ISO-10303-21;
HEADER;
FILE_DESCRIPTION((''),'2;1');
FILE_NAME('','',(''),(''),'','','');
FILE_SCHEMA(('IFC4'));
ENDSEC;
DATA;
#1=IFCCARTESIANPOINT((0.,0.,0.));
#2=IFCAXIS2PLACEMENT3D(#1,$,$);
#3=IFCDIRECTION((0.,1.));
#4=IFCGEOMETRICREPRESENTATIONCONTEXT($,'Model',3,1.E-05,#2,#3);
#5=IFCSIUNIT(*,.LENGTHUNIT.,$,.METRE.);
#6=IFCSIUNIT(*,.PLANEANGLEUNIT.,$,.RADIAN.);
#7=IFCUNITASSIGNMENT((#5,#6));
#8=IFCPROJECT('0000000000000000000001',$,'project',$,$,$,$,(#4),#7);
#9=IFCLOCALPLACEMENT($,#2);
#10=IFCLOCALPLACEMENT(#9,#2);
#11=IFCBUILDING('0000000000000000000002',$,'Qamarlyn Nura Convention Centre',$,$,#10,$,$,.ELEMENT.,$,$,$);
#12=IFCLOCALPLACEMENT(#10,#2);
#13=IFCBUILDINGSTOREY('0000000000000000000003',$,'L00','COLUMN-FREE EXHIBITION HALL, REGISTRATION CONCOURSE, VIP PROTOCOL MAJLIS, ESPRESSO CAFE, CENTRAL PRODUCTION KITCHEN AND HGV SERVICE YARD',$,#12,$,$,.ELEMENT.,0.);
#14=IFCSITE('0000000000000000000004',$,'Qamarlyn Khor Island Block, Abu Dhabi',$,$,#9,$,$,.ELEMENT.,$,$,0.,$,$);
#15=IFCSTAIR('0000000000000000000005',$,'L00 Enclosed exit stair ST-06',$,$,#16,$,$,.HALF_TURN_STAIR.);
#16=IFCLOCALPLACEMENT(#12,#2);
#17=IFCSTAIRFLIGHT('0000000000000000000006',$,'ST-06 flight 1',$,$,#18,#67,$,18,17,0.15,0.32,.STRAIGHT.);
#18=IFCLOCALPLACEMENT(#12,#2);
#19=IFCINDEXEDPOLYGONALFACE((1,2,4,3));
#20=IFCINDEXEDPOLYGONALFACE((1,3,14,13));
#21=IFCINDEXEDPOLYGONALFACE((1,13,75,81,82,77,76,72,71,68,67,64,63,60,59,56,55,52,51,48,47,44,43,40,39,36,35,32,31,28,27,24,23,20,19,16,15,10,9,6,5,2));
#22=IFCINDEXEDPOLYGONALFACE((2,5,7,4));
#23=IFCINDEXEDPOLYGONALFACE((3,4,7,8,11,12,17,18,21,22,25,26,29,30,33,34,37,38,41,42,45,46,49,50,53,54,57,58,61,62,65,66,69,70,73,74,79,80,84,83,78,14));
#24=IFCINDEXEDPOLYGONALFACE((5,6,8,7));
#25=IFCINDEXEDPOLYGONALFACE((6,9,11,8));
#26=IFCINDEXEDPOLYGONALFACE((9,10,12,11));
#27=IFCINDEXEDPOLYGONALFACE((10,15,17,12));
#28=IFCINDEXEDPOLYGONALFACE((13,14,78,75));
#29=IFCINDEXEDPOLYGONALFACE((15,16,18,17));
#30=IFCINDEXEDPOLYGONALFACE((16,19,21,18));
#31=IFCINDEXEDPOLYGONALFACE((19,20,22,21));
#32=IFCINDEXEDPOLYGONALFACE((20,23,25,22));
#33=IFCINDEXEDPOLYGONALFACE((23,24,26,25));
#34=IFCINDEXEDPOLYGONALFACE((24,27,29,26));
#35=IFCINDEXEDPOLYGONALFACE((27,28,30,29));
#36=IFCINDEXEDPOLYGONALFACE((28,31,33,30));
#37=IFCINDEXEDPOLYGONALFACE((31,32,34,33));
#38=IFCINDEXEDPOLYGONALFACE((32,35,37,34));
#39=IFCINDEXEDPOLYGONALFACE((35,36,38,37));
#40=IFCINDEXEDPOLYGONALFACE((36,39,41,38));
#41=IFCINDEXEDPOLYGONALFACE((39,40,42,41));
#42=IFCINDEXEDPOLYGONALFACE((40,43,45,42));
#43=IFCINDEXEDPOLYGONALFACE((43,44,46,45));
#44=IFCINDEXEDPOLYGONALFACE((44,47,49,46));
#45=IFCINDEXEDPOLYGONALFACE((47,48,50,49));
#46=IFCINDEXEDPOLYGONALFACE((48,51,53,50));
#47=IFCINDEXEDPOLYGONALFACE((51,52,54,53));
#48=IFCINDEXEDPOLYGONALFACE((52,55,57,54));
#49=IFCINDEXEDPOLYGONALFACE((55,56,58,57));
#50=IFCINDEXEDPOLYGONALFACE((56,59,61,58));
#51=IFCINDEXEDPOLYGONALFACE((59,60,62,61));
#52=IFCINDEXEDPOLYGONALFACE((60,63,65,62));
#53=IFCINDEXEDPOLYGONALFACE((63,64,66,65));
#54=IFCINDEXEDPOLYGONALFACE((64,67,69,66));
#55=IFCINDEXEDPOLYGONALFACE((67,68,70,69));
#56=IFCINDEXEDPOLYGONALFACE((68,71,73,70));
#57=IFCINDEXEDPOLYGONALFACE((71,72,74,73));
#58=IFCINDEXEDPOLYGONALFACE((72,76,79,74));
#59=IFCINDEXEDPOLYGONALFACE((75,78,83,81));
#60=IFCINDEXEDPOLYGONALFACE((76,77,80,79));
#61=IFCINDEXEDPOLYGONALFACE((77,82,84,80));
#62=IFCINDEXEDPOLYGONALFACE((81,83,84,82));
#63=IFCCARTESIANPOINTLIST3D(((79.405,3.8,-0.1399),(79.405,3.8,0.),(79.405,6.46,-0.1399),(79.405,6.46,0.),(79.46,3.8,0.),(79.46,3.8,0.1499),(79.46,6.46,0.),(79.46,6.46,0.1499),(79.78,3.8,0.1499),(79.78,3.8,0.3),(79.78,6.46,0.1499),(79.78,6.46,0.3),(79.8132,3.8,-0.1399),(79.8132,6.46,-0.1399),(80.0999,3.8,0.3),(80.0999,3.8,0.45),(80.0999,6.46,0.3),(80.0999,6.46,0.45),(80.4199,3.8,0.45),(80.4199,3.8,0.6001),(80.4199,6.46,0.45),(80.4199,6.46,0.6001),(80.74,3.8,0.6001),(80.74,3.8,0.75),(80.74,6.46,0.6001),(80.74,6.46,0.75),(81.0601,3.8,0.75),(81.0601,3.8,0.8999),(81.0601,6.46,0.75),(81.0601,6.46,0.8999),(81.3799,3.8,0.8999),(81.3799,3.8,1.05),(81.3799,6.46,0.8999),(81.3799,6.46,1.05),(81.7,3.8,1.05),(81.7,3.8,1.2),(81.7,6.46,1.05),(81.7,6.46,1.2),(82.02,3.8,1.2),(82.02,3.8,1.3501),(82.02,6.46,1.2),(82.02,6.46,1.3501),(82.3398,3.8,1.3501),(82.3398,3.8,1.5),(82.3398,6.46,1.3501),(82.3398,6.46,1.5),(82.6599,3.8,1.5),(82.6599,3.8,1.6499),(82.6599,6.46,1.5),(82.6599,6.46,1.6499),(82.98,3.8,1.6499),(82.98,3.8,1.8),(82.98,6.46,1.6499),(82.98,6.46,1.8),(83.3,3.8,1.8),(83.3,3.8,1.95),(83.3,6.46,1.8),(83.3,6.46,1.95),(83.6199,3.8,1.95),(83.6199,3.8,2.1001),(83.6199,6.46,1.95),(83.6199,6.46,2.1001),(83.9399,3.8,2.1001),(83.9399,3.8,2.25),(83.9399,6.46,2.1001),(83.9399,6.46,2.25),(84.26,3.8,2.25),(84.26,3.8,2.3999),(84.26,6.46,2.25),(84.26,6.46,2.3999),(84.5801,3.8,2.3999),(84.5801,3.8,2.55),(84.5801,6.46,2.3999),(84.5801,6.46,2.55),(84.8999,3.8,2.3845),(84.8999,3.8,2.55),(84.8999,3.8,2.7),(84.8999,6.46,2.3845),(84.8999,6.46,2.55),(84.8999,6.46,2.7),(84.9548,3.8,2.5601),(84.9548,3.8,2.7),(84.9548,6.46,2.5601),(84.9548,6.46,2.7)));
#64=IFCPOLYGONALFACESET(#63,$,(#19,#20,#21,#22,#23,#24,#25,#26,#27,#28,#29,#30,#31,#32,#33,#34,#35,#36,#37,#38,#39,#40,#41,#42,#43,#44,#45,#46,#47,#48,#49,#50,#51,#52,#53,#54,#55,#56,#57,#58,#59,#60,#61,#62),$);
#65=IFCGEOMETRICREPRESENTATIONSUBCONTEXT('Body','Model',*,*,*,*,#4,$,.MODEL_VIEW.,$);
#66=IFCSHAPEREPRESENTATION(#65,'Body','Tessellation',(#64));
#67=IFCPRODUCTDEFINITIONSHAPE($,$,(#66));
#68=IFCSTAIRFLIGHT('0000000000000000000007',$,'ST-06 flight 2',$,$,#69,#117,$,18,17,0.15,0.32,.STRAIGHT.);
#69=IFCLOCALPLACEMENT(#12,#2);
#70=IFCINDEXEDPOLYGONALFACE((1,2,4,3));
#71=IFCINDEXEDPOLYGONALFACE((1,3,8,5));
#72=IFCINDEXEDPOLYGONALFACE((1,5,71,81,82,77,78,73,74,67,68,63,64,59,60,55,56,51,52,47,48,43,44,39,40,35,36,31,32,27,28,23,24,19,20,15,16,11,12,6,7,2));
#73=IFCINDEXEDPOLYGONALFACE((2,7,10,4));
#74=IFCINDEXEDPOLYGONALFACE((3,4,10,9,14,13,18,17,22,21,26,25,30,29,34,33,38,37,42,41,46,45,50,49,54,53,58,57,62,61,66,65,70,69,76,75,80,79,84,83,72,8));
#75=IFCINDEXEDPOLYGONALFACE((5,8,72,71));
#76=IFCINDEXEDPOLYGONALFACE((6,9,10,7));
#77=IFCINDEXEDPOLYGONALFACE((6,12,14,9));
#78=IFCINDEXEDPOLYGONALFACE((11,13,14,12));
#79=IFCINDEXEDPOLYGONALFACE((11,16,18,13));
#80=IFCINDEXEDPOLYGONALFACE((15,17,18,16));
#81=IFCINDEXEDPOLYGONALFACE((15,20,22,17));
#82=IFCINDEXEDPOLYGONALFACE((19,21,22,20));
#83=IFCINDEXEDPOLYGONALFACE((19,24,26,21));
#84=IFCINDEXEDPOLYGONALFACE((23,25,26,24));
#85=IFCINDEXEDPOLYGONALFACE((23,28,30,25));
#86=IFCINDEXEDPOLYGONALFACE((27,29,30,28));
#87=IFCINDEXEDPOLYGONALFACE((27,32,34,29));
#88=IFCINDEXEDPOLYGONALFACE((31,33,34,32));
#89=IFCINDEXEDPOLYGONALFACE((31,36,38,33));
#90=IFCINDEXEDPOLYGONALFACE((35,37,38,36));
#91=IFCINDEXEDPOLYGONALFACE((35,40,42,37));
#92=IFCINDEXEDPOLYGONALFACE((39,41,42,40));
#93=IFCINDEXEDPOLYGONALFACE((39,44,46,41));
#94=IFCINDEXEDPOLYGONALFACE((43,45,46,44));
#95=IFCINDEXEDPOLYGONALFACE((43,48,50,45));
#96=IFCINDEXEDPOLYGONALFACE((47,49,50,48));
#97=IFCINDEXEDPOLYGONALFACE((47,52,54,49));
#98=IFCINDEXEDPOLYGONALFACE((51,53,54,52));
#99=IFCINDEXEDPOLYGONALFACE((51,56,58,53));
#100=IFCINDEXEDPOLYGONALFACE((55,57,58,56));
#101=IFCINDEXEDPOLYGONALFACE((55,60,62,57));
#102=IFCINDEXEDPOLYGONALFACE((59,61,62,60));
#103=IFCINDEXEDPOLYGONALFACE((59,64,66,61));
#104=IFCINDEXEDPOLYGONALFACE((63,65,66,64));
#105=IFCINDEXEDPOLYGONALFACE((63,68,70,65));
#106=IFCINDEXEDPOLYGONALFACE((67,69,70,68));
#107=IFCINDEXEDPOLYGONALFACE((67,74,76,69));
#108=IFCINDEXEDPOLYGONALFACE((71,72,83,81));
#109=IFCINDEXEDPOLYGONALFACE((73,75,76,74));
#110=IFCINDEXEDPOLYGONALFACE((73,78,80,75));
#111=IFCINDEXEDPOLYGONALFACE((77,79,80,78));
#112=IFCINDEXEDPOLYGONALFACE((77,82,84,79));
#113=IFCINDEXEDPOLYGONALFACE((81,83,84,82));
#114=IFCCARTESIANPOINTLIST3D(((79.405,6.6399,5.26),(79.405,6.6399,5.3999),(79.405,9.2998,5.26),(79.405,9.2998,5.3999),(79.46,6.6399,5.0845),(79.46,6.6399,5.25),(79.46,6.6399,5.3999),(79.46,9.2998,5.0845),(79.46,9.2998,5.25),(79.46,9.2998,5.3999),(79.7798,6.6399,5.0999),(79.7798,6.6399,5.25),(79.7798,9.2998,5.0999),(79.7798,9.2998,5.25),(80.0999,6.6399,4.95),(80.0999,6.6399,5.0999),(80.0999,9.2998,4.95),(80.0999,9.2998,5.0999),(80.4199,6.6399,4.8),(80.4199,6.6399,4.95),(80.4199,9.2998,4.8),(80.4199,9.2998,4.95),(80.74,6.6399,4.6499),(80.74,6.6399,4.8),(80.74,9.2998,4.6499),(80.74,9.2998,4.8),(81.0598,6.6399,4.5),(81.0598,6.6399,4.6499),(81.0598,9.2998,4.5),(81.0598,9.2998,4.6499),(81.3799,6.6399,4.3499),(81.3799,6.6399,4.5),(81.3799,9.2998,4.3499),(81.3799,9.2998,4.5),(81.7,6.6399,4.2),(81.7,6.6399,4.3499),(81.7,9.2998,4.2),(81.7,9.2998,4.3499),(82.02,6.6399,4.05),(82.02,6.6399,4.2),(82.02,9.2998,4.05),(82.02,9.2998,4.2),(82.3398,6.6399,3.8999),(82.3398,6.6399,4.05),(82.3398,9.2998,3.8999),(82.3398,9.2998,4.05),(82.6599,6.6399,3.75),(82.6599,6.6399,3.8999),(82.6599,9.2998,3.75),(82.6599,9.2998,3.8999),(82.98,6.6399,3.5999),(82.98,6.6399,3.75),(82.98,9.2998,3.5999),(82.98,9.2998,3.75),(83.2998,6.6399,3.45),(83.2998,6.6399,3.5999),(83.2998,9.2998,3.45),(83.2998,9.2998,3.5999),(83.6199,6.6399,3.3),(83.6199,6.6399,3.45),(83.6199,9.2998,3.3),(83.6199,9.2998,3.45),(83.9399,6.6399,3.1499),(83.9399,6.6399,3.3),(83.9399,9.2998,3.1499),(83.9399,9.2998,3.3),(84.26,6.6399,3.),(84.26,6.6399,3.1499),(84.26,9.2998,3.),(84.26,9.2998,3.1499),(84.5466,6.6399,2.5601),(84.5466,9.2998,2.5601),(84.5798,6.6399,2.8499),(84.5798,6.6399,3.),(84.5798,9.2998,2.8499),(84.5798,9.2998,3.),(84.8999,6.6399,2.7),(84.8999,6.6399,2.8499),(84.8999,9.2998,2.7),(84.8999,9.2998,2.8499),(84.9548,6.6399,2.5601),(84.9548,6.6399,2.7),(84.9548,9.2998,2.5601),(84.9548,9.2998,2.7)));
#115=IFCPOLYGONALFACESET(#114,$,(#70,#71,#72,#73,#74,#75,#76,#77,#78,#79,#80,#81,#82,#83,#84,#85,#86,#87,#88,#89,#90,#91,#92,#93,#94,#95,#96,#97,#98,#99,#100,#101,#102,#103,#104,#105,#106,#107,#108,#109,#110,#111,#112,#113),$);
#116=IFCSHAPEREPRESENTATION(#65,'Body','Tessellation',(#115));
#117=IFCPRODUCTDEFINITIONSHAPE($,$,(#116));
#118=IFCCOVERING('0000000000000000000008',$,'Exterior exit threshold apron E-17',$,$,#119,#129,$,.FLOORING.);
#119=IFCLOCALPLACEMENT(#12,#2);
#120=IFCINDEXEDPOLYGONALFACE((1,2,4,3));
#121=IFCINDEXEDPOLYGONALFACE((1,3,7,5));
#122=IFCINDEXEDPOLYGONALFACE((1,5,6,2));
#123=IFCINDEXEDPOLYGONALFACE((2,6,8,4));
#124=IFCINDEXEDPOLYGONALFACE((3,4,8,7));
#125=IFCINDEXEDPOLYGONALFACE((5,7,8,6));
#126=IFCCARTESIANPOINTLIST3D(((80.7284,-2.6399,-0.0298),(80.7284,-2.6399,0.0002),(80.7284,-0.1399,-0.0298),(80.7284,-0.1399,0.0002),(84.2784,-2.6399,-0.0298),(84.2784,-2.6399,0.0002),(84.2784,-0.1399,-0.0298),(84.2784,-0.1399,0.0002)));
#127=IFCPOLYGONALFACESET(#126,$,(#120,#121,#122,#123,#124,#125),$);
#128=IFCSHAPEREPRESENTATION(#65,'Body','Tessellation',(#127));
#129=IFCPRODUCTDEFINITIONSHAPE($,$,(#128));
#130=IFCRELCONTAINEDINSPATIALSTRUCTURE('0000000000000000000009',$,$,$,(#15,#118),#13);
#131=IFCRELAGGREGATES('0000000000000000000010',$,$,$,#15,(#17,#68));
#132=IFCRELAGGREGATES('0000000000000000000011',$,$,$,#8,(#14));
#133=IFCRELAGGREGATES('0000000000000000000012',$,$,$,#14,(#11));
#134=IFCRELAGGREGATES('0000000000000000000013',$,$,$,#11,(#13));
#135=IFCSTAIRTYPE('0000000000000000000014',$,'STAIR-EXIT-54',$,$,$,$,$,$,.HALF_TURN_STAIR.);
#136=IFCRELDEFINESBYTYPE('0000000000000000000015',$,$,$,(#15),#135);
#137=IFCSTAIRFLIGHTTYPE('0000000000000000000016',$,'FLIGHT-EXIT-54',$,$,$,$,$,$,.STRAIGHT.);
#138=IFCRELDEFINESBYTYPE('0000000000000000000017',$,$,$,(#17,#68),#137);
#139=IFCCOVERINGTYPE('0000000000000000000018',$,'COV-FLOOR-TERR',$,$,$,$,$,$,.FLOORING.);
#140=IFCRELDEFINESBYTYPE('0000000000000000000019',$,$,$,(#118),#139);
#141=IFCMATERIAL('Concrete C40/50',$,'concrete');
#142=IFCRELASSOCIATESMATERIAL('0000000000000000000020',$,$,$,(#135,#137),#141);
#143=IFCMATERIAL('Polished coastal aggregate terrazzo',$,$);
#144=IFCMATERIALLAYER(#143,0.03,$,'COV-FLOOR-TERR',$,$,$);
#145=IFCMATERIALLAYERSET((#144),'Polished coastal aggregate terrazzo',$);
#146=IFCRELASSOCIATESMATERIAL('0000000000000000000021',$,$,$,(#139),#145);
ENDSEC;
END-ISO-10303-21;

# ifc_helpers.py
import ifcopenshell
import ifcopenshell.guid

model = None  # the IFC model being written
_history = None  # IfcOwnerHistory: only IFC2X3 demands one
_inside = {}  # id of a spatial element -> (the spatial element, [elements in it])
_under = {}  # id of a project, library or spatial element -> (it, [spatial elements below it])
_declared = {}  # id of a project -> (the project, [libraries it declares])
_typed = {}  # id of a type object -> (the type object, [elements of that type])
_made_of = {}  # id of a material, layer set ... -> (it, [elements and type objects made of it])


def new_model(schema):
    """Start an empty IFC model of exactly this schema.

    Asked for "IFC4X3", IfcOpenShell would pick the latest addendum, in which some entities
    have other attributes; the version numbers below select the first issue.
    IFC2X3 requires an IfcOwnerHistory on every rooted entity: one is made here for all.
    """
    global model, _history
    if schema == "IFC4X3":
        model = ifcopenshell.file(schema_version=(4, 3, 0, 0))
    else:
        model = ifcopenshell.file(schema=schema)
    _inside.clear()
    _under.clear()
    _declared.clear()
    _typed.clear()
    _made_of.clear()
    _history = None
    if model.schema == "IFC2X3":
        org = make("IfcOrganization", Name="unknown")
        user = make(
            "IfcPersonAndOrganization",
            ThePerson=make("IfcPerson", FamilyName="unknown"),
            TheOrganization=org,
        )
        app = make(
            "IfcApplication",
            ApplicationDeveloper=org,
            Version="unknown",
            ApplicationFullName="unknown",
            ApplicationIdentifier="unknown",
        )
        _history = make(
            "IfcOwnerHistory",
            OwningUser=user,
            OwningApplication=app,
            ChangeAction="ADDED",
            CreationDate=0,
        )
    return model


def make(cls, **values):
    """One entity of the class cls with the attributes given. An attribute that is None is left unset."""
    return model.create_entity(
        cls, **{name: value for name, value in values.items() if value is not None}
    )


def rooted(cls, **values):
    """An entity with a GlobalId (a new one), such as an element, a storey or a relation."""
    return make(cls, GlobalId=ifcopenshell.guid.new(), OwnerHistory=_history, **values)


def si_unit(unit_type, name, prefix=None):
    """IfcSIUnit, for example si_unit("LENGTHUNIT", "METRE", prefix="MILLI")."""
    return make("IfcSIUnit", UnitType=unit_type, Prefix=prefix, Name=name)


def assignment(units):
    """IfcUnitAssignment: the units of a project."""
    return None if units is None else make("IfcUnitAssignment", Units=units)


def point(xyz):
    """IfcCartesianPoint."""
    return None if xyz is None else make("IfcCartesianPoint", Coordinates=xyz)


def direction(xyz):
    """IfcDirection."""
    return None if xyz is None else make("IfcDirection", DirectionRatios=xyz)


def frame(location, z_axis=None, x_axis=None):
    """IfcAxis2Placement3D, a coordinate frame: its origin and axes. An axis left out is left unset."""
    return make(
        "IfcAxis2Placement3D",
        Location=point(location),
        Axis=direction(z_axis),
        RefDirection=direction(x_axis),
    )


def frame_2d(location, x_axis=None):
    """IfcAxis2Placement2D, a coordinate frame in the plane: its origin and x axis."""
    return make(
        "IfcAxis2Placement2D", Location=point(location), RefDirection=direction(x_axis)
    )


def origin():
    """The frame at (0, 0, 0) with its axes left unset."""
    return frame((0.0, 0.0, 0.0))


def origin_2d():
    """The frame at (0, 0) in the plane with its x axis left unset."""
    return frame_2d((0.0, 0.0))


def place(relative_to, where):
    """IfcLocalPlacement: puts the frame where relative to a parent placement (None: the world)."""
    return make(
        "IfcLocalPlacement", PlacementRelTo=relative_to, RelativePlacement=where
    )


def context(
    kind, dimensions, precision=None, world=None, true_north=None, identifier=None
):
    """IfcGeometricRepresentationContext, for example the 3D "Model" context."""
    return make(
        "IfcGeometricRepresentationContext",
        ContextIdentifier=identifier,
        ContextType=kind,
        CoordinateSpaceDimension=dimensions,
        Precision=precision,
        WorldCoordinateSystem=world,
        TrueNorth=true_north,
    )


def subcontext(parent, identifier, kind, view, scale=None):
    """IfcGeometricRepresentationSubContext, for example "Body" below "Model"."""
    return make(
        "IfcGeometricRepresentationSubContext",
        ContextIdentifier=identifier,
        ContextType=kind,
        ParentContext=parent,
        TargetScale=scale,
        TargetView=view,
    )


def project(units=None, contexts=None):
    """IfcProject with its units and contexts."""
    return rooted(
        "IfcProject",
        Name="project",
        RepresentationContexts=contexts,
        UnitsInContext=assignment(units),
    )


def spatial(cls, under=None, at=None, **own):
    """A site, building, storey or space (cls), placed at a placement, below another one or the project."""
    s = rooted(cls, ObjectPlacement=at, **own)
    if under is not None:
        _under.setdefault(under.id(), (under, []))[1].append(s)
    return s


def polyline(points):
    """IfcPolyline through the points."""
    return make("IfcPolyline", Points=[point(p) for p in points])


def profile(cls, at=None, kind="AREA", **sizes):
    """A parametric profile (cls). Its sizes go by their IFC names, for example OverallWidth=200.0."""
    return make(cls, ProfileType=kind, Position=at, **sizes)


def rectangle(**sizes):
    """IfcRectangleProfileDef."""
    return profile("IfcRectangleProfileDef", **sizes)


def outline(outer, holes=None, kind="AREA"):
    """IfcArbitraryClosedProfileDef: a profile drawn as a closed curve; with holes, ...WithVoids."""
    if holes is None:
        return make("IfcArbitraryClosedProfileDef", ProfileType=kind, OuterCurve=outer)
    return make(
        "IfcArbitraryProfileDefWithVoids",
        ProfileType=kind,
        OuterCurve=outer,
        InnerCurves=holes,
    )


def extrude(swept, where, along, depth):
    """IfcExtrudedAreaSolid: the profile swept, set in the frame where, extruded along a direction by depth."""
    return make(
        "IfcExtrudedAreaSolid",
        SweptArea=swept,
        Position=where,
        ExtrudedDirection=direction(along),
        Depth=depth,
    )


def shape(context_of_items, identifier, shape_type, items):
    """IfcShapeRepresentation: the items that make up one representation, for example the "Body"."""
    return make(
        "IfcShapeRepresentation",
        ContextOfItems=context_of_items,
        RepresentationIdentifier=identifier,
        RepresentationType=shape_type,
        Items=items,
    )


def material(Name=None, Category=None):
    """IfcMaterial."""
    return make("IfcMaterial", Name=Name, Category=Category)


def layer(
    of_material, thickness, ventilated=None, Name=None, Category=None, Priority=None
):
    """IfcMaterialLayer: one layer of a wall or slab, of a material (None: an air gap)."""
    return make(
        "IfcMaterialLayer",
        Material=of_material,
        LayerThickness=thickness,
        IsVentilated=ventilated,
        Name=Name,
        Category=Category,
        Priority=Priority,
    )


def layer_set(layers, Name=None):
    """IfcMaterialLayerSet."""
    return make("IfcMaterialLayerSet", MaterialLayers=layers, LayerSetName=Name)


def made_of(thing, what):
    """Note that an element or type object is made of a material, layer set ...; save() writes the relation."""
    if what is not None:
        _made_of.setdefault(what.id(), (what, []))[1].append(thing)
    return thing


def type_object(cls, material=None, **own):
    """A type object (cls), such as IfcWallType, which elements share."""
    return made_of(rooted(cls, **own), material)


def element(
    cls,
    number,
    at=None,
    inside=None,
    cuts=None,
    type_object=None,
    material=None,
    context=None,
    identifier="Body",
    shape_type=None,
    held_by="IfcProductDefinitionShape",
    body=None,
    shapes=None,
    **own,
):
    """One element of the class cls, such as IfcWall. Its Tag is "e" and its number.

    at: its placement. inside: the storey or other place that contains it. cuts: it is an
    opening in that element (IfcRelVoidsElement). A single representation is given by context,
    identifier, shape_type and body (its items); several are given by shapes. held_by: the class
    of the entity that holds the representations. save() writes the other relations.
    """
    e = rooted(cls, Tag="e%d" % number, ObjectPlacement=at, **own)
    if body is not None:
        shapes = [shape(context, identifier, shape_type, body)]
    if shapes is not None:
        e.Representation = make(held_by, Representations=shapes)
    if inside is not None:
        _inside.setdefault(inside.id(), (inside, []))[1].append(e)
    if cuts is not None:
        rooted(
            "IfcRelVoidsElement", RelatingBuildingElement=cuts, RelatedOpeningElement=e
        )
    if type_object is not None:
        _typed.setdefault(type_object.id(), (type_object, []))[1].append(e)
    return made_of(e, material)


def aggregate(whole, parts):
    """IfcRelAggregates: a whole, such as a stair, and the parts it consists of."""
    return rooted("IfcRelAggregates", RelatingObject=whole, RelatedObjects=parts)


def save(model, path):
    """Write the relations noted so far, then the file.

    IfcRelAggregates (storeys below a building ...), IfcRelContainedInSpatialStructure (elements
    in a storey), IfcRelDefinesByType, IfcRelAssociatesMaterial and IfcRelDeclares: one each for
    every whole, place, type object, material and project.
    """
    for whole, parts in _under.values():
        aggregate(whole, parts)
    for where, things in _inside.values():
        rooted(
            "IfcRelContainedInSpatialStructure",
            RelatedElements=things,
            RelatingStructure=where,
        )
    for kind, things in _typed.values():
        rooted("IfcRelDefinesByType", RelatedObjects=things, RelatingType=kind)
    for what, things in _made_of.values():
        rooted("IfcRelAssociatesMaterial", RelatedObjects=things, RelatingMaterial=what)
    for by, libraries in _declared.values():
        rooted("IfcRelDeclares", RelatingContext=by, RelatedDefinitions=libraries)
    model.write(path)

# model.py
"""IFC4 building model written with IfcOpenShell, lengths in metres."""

from ifc_helpers import new_model, si_unit, direction, frame, origin, origin_2d, place, context, subcontext, project, spatial, polyline, rectangle, outline, extrude, material, layer, layer_set, type_object, element, aggregate, save


model = new_model("IFC4")

# Units and contexts
model_context = context("Model", 3, precision=1e-05, world=origin(), true_north=direction((0.0, 1.0)))
body_context = subcontext(model_context, "Body", "Model", "MODEL_VIEW")
ifc_project = project(units=[si_unit("LENGTHUNIT", "METRE"), si_unit("PLANEANGLEUNIT", "RADIAN")], contexts=[model_context])

# Site, building, storey
site_placement = place(None, origin())
site = spatial("IfcSite", under=ifc_project, at=site_placement, Name="Qamarlyn Khor Island Block, Abu Dhabi", CompositionType="ELEMENT", RefElevation=0.0)
building_placement = place(site_placement, origin())
building = spatial("IfcBuilding", under=site, at=building_placement, Name="Qamarlyn Nura Convention Centre", CompositionType="ELEMENT")
storey_placement = place(building_placement, origin())
storey = spatial("IfcBuildingStorey", under=building, at=storey_placement, Name="L00", Description="COLUMN-FREE EXHIBITION HALL, REGISTRATION CONCOURSE, VIP PROTOCOL MAJLIS, ESPRESSO CAFE, CENTRAL PRODUCTION KITCHEN AND HGV SERVICE YARD", CompositionType="ELEMENT", Elevation=0.0)

# Shared definitions
ifc_material_1 = material(Name="Concrete C40/50", Category="concrete")

# Stair, stair flights
stair_type = type_object("IfcStairType", Name="STAIR-EXIT-54", PredefinedType="HALF_TURN_STAIR", material=ifc_material_1)
stair_placement = place(storey_placement, origin())
stair = element("IfcStair", 1, at=stair_placement, inside=storey, type_object=stair_type, Name="L00 Enclosed exit stair ST-06", PredefinedType="HALF_TURN_STAIR")
stair_flight_type = type_object("IfcStairFlightType", Name="FLIGHT-EXIT-54", PredefinedType="STRAIGHT", material=ifc_material_1)
stair_flight_1_placement = place(storey_placement, frame((79.46, 5.1299, 0.0), z_axis=(0.0, 0.0, 1.0), x_axis=(1.0, 0.0, 0.0)))
stair_flight_1 = element("IfcStairFlight", 2, at=stair_flight_1_placement, type_object=stair_flight_type, Name="ST-06 flight 1", NumberOfRisers=18, NumberOfTreads=17, PredefinedType="STRAIGHT", RiserHeight=0.15, TreadLength=0.32, context=body_context, shape_type="SweptSolid", body=[
    extrude(outline(polyline([(-0.0549, 0.0), (0.0, 0.0), (0.0, 0.1499), (0.3201, 0.1499), (0.3201, 0.3), (0.6399, 0.3), (0.6399, 0.45), (0.96, 0.45), (0.96, 0.6001), (1.28, 0.6001), (1.28, 0.75), (1.6001, 0.75), (1.6001, 0.8999), (1.9199, 0.8999), (1.9199, 1.05), (2.24, 1.05), (2.24, 1.2), (2.5601, 1.2), (2.5601, 1.3501), (2.8799, 1.3501), (2.8799, 1.5), (3.2, 1.5), (3.2, 1.6499), (3.52, 1.6499), (3.52, 1.8), (3.8401, 1.8), (3.8401, 1.95), (4.1599, 1.95), (4.1599, 2.1001), (4.48, 2.1001), (4.48, 2.25), (4.8, 2.25), (4.8, 2.3999), (5.1201, 2.3999), (5.1201, 2.55), (5.4399, 2.55), (5.4399, 2.7), (5.4949, 2.7), (5.4949, 2.5601), (5.4399, 2.3845), (0.3533, -0.1399), (-0.0549, -0.1399), (-0.0549, 0.0)])), frame((0.0, 1.3301, 0.0), z_axis=(0.0, -1.0, 0.0), x_axis=(1.0, 0.0, 0.0)), (0.0, 0.0, 1.0), 2.6599),
])
stair_flight_2_placement = place(storey_placement, frame((84.8999, 7.97, 2.7), z_axis=(0.0, 0.0, 1.0), x_axis=(-1.0, 0.0, 0.0)))
stair_flight_2 = element("IfcStairFlight", 3, at=stair_flight_2_placement, type_object=stair_flight_type, Name="ST-06 flight 2", NumberOfRisers=18, NumberOfTreads=17, PredefinedType="STRAIGHT", RiserHeight=0.15, TreadLength=0.32, context=body_context, shape_type="SweptSolid", body=[
    extrude(outline(polyline([(-0.0549, 0.0), (0.0, 0.0), (0.0, 0.1499), (0.3201, 0.1499), (0.3201, 0.3), (0.6399, 0.3), (0.6399, 0.45), (0.96, 0.45), (0.96, 0.6001), (1.28, 0.6001), (1.28, 0.75), (1.6001, 0.75), (1.6001, 0.8999), (1.9199, 0.8999), (1.9199, 1.05), (2.24, 1.05), (2.24, 1.2), (2.5601, 1.2), (2.5601, 1.3501), (2.8799, 1.3501), (2.8799, 1.5), (3.2, 1.5), (3.2, 1.6499), (3.52, 1.6499), (3.52, 1.8), (3.8401, 1.8), (3.8401, 1.95), (4.1599, 1.95), (4.1599, 2.1001), (4.48, 2.1001), (4.48, 2.25), (4.8, 2.25), (4.8, 2.3999), (5.1201, 2.3999), (5.1201, 2.55), (5.4399, 2.55), (5.4399, 2.7), (5.4949, 2.7), (5.4949, 2.5601), (5.4399, 2.3845), (0.3533, -0.1399), (-0.0549, -0.1399), (-0.0549, 0.0)])), frame((0.0, 1.3301, 0.0), z_axis=(0.0, -1.0, 0.0), x_axis=(1.0, 0.0, 0.0)), (0.0, 0.0, 1.0), 2.6599),
])
aggregate(stair, [stair_flight_1, stair_flight_2])

# Covering
ifc_material_2 = material(Name="Polished coastal aggregate terrazzo")
ifc_layer_1 = layer(ifc_material_2, 0.03, Name="COV-FLOOR-TERR")
ifc_layer_set_1 = layer_set([ifc_layer_1], Name="Polished coastal aggregate terrazzo")
covering_type = type_object("IfcCoveringType", Name="COV-FLOOR-TERR", PredefinedType="FLOORING", material=ifc_layer_set_1)
covering_placement = place(storey_placement, frame((82.5034, -1.3899, -0.0298), z_axis=(0.0, 0.0, 1.0), x_axis=(-1.0, 0.0, 0.0)))
element("IfcCovering", 4, at=covering_placement, inside=storey, type_object=covering_type, Name="Exterior exit threshold apron E-17", PredefinedType="FLOORING", context=body_context, shape_type="SweptSolid", body=[
    extrude(rectangle(XDim=3.55, YDim=2.5, at=origin_2d()), origin(), (0.0, 0.0, 1.0), 0.03),
])

save(model, "model.ifc")
